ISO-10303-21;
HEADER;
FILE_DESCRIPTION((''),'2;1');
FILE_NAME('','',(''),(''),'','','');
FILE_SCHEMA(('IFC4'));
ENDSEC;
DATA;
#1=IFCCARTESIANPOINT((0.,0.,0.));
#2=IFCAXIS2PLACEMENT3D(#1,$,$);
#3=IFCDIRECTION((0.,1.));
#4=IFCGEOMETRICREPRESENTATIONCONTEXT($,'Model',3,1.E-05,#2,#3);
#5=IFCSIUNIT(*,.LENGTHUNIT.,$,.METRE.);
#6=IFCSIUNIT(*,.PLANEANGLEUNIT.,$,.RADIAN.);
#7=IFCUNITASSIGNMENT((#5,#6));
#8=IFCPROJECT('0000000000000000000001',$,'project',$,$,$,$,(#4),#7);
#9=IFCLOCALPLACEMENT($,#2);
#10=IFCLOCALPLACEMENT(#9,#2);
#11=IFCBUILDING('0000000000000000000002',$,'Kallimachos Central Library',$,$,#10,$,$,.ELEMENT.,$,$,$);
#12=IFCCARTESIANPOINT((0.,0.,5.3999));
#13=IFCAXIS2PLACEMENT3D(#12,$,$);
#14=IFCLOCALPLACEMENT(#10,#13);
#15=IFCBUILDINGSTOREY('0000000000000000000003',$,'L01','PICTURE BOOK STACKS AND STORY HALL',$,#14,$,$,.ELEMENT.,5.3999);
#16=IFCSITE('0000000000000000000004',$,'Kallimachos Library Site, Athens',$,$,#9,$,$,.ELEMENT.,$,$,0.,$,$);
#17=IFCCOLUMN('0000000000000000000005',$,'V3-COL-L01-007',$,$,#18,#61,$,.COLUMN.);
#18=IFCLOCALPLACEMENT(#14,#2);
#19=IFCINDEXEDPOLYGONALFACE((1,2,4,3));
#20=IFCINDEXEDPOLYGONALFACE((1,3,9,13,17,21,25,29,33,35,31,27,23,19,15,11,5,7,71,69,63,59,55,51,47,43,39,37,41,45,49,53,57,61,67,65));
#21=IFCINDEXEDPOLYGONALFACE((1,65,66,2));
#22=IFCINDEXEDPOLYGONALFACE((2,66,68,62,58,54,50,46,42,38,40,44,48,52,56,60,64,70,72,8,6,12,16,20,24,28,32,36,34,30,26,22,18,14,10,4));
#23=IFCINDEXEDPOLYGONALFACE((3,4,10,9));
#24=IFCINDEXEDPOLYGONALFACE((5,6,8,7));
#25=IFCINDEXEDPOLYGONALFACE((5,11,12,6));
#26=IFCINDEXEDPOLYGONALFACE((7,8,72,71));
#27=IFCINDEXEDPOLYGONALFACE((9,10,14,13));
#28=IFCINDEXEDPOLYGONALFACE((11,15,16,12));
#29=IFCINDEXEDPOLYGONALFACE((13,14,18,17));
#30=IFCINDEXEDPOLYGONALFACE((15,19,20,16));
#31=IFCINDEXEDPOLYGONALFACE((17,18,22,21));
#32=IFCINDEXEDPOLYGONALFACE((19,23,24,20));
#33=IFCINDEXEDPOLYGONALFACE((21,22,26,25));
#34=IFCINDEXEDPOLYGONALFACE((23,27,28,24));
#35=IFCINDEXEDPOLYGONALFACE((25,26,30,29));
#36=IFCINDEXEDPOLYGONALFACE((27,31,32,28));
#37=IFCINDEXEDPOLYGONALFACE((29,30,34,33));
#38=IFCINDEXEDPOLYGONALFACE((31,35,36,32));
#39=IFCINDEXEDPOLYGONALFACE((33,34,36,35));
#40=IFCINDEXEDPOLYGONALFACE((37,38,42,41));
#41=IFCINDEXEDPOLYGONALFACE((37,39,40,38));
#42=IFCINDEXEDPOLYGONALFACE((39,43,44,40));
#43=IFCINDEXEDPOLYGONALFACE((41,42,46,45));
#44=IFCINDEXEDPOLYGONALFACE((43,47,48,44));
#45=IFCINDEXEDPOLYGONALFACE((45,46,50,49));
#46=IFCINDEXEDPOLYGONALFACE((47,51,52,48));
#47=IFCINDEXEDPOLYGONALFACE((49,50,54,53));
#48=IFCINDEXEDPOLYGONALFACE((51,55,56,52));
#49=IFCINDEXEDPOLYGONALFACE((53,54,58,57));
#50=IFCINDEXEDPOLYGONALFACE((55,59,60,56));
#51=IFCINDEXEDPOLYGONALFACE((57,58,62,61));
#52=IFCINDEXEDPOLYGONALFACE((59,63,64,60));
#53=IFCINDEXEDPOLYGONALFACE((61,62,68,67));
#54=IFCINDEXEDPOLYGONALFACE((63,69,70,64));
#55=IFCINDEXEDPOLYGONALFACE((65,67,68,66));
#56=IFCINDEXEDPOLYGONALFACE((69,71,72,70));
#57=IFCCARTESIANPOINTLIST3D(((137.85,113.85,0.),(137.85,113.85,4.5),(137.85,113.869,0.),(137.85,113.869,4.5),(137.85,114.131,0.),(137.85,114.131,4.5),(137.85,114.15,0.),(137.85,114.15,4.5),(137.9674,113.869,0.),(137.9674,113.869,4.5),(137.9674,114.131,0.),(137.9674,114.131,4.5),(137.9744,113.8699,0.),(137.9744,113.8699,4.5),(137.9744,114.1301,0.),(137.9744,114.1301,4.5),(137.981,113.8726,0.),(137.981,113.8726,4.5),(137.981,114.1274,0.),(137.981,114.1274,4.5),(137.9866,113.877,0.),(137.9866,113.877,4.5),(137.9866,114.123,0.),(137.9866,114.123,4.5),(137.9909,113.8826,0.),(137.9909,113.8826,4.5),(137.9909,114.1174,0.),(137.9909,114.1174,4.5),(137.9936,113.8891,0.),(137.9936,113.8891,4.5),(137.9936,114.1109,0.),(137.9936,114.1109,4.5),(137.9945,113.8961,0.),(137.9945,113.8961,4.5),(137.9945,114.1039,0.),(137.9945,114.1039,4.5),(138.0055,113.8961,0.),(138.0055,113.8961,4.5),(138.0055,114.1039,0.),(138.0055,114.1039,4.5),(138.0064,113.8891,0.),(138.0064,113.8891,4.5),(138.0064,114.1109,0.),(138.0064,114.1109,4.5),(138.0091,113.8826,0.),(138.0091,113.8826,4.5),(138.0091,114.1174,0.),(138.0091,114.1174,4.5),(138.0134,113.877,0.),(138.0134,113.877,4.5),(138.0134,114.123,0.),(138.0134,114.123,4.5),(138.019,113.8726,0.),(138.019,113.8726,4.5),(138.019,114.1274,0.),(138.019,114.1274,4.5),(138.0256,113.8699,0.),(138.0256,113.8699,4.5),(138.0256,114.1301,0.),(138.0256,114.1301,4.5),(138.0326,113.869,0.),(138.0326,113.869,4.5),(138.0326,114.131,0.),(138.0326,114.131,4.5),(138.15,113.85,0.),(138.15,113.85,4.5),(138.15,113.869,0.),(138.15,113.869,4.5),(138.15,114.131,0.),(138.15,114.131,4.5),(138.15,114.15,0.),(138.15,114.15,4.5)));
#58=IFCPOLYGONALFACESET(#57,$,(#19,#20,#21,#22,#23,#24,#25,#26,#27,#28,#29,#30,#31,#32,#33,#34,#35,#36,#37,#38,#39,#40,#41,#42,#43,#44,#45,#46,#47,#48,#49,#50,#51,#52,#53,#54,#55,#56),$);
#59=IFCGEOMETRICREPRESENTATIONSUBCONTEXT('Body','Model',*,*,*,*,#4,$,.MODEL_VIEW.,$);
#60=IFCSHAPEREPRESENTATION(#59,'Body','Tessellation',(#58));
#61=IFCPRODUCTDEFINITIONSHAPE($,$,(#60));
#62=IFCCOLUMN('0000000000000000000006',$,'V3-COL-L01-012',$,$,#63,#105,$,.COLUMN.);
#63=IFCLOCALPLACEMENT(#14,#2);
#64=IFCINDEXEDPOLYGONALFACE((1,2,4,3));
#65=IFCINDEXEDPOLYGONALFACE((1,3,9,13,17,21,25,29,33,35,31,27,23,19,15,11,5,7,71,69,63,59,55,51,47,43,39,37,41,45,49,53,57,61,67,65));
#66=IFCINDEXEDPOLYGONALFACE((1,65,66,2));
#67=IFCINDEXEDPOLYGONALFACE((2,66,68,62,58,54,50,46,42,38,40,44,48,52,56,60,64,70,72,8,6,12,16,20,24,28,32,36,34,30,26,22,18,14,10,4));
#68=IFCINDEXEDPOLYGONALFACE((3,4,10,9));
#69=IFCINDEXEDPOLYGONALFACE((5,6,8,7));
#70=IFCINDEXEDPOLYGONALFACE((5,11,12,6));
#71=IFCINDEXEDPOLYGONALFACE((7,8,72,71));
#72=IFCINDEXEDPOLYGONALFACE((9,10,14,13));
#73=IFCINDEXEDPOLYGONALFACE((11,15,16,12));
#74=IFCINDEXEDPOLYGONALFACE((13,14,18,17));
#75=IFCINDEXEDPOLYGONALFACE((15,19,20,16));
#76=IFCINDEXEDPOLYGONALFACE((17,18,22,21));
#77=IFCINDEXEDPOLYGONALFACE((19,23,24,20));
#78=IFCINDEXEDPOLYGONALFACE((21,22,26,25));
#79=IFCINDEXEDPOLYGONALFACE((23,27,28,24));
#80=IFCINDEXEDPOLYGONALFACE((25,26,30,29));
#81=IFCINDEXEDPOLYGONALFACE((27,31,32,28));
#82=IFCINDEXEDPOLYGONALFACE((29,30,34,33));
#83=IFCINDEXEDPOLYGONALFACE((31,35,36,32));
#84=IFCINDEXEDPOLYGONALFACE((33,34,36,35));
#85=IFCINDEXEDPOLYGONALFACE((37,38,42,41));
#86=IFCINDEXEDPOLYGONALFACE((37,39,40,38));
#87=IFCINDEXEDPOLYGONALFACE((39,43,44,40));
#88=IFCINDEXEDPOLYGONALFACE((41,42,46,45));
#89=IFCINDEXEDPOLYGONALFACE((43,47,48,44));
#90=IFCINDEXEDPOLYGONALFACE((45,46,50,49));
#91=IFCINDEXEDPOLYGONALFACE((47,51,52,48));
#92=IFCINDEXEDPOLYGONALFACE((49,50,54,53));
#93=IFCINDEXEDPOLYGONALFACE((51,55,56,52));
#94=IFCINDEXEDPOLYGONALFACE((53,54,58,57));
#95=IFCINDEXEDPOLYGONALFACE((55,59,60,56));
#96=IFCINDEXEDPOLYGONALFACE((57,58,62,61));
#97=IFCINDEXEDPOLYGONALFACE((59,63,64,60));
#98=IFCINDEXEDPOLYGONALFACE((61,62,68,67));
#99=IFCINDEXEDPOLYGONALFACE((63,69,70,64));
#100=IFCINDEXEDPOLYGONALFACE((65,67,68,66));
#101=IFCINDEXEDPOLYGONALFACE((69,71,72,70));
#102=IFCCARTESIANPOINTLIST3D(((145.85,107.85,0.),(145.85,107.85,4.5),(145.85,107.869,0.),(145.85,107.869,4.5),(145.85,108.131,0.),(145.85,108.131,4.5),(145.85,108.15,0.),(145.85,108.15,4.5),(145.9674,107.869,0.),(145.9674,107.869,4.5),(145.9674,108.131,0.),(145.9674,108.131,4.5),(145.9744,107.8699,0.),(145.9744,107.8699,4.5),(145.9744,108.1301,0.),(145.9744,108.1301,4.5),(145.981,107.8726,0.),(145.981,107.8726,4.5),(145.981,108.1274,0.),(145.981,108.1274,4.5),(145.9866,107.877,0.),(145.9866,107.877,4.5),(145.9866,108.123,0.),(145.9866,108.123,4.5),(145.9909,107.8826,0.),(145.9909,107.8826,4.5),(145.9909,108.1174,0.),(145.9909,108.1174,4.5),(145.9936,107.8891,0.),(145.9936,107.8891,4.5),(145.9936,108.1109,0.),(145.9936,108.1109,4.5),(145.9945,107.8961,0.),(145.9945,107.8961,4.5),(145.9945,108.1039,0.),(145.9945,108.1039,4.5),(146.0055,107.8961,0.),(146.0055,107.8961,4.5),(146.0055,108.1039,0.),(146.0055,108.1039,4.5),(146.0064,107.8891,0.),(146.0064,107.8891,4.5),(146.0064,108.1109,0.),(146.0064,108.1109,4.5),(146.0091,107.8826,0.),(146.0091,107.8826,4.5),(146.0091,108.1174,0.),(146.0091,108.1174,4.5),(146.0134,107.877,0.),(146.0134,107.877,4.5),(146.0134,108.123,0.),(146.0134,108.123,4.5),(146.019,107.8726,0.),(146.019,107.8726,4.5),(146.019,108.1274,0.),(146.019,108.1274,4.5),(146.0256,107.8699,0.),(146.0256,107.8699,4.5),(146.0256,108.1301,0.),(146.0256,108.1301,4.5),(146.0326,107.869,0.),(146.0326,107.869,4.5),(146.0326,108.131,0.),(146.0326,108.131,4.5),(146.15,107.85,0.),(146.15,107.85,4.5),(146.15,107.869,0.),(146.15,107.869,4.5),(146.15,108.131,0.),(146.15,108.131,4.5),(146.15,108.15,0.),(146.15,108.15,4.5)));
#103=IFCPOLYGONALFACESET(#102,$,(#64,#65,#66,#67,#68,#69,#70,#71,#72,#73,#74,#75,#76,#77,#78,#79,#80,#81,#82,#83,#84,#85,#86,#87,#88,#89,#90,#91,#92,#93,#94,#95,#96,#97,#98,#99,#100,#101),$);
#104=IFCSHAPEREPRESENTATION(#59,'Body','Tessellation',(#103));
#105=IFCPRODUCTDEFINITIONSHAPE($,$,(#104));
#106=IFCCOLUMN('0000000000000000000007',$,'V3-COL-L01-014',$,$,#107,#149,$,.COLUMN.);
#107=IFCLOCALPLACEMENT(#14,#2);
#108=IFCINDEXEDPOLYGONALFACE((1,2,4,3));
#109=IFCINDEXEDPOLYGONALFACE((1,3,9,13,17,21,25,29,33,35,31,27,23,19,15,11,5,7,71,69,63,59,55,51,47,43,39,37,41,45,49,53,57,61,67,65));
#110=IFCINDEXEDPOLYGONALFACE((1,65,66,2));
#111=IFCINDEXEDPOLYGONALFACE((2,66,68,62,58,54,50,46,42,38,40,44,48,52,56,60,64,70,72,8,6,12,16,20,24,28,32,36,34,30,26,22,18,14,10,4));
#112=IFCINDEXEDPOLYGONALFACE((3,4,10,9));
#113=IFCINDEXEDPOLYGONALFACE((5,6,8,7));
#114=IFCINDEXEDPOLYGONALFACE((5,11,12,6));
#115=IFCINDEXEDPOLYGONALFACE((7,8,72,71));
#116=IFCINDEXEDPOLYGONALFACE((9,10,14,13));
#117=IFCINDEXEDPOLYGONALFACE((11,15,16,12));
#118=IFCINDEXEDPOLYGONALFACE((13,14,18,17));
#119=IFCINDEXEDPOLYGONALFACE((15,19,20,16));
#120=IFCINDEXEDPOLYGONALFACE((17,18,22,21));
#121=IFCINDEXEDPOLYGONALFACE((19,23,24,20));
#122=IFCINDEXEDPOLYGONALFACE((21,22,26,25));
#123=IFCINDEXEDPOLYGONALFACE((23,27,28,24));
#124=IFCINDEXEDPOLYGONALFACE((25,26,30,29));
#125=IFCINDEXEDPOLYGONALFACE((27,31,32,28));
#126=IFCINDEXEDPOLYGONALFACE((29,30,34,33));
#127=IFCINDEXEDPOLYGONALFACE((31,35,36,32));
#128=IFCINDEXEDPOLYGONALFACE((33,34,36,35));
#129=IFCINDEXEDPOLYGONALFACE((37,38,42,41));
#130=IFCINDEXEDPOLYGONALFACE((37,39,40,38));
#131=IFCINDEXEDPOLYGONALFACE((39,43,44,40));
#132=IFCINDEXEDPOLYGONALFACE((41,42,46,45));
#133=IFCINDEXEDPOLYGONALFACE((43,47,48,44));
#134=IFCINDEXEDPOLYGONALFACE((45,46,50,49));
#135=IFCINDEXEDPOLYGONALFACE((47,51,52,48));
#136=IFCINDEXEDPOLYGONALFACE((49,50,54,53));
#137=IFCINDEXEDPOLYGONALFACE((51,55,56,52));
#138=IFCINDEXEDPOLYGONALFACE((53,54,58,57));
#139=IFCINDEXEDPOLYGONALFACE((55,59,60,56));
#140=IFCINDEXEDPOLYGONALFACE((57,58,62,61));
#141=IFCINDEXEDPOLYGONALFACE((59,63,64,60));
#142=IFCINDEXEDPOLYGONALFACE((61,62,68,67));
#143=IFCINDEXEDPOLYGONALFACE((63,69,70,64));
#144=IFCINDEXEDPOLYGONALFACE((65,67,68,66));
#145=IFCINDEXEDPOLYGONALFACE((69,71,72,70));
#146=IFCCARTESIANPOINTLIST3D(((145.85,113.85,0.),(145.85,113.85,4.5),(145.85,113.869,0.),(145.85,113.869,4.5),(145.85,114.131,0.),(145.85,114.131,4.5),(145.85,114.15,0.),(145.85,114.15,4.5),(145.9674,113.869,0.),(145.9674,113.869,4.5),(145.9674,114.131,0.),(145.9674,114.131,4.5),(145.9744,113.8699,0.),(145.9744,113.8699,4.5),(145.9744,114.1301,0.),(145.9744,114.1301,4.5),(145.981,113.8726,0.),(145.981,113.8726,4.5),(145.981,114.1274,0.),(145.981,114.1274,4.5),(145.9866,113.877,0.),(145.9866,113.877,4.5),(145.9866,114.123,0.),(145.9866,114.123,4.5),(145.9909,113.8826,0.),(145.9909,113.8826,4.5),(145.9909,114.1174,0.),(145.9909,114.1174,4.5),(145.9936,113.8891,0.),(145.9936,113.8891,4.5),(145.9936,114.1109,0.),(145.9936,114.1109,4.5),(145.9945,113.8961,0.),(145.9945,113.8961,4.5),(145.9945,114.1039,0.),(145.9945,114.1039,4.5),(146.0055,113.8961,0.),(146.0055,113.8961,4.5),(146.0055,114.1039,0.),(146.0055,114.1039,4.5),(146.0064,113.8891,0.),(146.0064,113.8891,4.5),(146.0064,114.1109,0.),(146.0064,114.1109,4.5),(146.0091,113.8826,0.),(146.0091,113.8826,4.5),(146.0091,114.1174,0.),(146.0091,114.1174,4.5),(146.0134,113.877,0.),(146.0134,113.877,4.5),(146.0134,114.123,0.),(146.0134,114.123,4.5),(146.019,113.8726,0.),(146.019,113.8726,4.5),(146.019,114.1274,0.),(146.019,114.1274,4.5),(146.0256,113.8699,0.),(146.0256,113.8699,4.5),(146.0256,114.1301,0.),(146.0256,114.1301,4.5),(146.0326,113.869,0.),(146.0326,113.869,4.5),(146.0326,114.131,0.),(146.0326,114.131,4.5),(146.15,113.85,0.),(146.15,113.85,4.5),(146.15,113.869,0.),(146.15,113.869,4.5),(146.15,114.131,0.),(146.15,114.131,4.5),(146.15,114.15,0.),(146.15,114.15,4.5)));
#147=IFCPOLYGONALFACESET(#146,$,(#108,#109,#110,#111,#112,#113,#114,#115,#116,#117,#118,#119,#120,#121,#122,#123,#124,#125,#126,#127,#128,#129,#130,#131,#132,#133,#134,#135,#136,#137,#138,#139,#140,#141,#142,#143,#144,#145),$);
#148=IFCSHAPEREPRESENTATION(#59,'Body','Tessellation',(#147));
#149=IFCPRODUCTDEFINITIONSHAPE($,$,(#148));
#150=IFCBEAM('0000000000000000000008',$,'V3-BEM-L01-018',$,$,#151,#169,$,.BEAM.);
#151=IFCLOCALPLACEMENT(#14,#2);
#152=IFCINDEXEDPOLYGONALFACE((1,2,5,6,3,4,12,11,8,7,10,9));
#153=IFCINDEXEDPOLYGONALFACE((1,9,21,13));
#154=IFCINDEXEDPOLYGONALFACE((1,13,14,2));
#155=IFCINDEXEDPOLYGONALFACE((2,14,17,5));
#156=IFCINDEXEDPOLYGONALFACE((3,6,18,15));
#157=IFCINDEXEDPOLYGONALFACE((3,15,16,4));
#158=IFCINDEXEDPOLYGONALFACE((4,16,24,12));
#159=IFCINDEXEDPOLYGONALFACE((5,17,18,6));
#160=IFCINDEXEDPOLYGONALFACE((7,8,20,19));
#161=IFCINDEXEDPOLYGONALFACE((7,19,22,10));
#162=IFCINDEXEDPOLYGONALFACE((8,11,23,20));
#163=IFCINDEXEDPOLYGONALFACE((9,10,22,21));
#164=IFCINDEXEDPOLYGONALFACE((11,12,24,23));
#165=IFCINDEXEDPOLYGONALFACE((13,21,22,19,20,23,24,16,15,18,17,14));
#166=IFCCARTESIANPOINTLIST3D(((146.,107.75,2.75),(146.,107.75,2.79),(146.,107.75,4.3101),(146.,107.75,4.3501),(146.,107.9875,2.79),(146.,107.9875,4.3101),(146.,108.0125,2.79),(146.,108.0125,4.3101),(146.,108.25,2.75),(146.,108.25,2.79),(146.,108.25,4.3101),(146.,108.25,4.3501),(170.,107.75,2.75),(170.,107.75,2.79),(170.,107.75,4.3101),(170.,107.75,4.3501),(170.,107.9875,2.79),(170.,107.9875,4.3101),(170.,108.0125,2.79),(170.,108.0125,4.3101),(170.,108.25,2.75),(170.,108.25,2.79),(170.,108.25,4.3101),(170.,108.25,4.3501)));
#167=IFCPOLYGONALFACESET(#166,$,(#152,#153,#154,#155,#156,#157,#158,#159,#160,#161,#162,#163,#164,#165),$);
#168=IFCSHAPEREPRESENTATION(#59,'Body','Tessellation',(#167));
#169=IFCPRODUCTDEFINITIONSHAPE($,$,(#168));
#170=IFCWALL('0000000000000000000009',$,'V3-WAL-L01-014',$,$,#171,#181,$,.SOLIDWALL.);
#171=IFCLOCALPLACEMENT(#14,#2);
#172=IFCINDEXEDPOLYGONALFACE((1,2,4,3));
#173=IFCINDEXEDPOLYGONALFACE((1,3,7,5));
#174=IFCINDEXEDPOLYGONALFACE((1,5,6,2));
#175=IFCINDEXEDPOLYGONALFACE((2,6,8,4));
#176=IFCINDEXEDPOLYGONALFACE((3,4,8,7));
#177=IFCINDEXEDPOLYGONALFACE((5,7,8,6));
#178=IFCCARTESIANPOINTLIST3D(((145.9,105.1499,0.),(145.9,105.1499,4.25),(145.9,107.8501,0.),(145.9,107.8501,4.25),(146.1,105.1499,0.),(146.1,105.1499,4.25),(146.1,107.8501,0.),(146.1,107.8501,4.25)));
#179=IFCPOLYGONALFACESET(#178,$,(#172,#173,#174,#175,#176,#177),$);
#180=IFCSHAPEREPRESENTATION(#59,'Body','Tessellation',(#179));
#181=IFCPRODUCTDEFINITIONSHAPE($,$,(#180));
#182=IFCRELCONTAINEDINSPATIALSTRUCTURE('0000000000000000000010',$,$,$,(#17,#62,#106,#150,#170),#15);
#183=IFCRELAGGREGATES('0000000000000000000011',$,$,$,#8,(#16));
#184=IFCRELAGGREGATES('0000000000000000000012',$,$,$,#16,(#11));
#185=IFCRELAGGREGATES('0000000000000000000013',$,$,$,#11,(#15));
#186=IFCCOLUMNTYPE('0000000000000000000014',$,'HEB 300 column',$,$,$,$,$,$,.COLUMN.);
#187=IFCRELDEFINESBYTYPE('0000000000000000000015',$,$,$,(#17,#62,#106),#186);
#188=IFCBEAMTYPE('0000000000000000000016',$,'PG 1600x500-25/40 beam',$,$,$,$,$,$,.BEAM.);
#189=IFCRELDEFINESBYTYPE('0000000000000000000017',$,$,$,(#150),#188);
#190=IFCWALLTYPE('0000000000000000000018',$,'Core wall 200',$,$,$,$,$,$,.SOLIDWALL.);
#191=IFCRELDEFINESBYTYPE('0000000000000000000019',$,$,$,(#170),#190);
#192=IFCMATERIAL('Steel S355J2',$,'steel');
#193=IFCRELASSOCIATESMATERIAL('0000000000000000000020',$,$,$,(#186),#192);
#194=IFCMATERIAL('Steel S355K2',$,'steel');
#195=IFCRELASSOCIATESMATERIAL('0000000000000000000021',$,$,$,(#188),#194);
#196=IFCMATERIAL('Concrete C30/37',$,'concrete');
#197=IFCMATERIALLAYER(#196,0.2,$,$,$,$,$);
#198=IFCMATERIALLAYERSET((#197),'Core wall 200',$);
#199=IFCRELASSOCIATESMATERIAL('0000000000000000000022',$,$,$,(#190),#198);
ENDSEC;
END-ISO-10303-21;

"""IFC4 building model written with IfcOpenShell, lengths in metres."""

from ifc_helpers import new_model, si_unit, direction, frame, frame_2d, origin, origin_2d, place, context, subcontext, project, spatial, rectangle, i_section, extrude, material, layer, layer_set, material_profile, profile_set, type_object, element, save


model = new_model("IFC4")

# Units and contexts
model_context = context("Model", 3, precision=1e-05, world=origin(), true_north=direction((0.0, 1.0)))
body_context = subcontext(model_context, "Body", "Model", "MODEL_VIEW")
ifc_project = project(units=[si_unit("LENGTHUNIT", "METRE"), si_unit("PLANEANGLEUNIT", "RADIAN")], contexts=[model_context])

# Site, building, storey
site_placement = place(None, origin())
site = spatial("IfcSite", under=ifc_project, at=site_placement, Name="Kallimachos Library Site, Athens", CompositionType="ELEMENT", RefElevation=0.0)
building_placement = place(site_placement, origin())
building = spatial("IfcBuilding", under=site, at=building_placement, Name="Kallimachos Central Library", CompositionType="ELEMENT")
storey_placement = place(building_placement, frame((0.0, 0.0, 5.3999)))
storey = spatial("IfcBuildingStorey", under=building, at=storey_placement, Name="L01", Description="PICTURE BOOK STACKS AND STORY HALL", CompositionType="ELEMENT", Elevation=5.3999)

# Columns
ifc_material_1 = material(Name="Steel S355J2", Category="steel")
ifc_material_profile_1 = material_profile(ifc_material_1, i_section(OverallWidth=0.3, OverallDepth=0.3, WebThickness=0.011, FlangeThickness=0.019, FilletRadius=0.0271, at=origin_2d()), Name="HEB 300")
ifc_profile_set_1 = profile_set([ifc_material_profile_1], Name="Steel S355J2")
column_type = type_object("IfcColumnType", Name="HEB 300 column", PredefinedType="COLUMN", material=ifc_profile_set_1)
for number, where, z_axis, x_axis, name in (
    (1, (138.0, 114.0, 0.0), (0.0, 0.0, 1.0), (1.0, 0.0, 0.0), "V3-COL-L01-007"),
    (2, (146.0, 108.0, 0.0), (0.0, 0.0, 1.0), (1.0, 0.0, 0.0), "V3-COL-L01-012"),
    (3, (146.0, 114.0, 0.0), (0.0, 0.0, 1.0), (1.0, 0.0, 0.0), "V3-COL-L01-014"),
):
    element("IfcColumn", number, at=place(storey_placement, frame(where, z_axis=z_axis, x_axis=x_axis)), inside=storey, type_object=column_type, Name=name, PredefinedType="COLUMN", context=body_context, shape_type="SweptSolid", body=[
        extrude(i_section(OverallWidth=0.3, OverallDepth=0.3, WebThickness=0.011, FlangeThickness=0.019, FilletRadius=0.0271, at=origin_2d()), origin(), (0.0, 0.0, 1.0), 4.5),
    ])

# Beam
ifc_material_2 = material(Name="Steel S355K2", Category="steel")
ifc_material_profile_2 = material_profile(ifc_material_2, i_section(OverallWidth=0.5, OverallDepth=1.6001, WebThickness=0.0249, FlangeThickness=0.04, at=origin_2d()), Name="PG 1600x500-25/40")
ifc_profile_set_2 = profile_set([ifc_material_profile_2], Name="Steel S355K2")
beam_type = type_object("IfcBeamType", Name="PG 1600x500-25/40 beam", PredefinedType="BEAM", material=ifc_profile_set_2)
beam_placement = place(storey_placement, frame((146.0, 108.0, 3.55), z_axis=(1.0, 0.0, 0.0), x_axis=(0.0, 1.0, 0.0)))
element("IfcBeam", 4, at=beam_placement, inside=storey, type_object=beam_type, Name="V3-BEM-L01-018", PredefinedType="BEAM", context=body_context, shape_type="SweptSolid", body=[
    extrude(i_section(OverallWidth=0.5, OverallDepth=1.6001, WebThickness=0.0249, FlangeThickness=0.04, at=origin_2d()), origin(), (0.0, 0.0, 1.0), 24.0),
])

# Wall
ifc_material_3 = material(Name="Concrete C30/37", Category="concrete")
ifc_layer_1 = layer(ifc_material_3, 0.2)
ifc_layer_set_1 = layer_set([ifc_layer_1], Name="Core wall 200")
wall_type_1 = type_object("IfcWallType", Name="Core wall 200", PredefinedType="SOLIDWALL", material=ifc_layer_set_1)
wall_1_placement = place(storey_placement, frame((146.0, 105.1499, 0.0), z_axis=(0.0, 0.0, 1.0), x_axis=(0.0, 1.0, 0.0)))
element("IfcWall", 5, at=wall_1_placement, inside=storey, type_object=wall_type_1, Name="V3-WAL-L01-014", PredefinedType="SOLIDWALL", context=body_context, shape_type="SweptSolid", body=[
    extrude(rectangle(XDim=2.7002, YDim=0.2, at=frame_2d((1.3501, 0.0))), origin(), (0.0, 0.0, 1.0), 4.25),
])

save(model, "model.ifc")
